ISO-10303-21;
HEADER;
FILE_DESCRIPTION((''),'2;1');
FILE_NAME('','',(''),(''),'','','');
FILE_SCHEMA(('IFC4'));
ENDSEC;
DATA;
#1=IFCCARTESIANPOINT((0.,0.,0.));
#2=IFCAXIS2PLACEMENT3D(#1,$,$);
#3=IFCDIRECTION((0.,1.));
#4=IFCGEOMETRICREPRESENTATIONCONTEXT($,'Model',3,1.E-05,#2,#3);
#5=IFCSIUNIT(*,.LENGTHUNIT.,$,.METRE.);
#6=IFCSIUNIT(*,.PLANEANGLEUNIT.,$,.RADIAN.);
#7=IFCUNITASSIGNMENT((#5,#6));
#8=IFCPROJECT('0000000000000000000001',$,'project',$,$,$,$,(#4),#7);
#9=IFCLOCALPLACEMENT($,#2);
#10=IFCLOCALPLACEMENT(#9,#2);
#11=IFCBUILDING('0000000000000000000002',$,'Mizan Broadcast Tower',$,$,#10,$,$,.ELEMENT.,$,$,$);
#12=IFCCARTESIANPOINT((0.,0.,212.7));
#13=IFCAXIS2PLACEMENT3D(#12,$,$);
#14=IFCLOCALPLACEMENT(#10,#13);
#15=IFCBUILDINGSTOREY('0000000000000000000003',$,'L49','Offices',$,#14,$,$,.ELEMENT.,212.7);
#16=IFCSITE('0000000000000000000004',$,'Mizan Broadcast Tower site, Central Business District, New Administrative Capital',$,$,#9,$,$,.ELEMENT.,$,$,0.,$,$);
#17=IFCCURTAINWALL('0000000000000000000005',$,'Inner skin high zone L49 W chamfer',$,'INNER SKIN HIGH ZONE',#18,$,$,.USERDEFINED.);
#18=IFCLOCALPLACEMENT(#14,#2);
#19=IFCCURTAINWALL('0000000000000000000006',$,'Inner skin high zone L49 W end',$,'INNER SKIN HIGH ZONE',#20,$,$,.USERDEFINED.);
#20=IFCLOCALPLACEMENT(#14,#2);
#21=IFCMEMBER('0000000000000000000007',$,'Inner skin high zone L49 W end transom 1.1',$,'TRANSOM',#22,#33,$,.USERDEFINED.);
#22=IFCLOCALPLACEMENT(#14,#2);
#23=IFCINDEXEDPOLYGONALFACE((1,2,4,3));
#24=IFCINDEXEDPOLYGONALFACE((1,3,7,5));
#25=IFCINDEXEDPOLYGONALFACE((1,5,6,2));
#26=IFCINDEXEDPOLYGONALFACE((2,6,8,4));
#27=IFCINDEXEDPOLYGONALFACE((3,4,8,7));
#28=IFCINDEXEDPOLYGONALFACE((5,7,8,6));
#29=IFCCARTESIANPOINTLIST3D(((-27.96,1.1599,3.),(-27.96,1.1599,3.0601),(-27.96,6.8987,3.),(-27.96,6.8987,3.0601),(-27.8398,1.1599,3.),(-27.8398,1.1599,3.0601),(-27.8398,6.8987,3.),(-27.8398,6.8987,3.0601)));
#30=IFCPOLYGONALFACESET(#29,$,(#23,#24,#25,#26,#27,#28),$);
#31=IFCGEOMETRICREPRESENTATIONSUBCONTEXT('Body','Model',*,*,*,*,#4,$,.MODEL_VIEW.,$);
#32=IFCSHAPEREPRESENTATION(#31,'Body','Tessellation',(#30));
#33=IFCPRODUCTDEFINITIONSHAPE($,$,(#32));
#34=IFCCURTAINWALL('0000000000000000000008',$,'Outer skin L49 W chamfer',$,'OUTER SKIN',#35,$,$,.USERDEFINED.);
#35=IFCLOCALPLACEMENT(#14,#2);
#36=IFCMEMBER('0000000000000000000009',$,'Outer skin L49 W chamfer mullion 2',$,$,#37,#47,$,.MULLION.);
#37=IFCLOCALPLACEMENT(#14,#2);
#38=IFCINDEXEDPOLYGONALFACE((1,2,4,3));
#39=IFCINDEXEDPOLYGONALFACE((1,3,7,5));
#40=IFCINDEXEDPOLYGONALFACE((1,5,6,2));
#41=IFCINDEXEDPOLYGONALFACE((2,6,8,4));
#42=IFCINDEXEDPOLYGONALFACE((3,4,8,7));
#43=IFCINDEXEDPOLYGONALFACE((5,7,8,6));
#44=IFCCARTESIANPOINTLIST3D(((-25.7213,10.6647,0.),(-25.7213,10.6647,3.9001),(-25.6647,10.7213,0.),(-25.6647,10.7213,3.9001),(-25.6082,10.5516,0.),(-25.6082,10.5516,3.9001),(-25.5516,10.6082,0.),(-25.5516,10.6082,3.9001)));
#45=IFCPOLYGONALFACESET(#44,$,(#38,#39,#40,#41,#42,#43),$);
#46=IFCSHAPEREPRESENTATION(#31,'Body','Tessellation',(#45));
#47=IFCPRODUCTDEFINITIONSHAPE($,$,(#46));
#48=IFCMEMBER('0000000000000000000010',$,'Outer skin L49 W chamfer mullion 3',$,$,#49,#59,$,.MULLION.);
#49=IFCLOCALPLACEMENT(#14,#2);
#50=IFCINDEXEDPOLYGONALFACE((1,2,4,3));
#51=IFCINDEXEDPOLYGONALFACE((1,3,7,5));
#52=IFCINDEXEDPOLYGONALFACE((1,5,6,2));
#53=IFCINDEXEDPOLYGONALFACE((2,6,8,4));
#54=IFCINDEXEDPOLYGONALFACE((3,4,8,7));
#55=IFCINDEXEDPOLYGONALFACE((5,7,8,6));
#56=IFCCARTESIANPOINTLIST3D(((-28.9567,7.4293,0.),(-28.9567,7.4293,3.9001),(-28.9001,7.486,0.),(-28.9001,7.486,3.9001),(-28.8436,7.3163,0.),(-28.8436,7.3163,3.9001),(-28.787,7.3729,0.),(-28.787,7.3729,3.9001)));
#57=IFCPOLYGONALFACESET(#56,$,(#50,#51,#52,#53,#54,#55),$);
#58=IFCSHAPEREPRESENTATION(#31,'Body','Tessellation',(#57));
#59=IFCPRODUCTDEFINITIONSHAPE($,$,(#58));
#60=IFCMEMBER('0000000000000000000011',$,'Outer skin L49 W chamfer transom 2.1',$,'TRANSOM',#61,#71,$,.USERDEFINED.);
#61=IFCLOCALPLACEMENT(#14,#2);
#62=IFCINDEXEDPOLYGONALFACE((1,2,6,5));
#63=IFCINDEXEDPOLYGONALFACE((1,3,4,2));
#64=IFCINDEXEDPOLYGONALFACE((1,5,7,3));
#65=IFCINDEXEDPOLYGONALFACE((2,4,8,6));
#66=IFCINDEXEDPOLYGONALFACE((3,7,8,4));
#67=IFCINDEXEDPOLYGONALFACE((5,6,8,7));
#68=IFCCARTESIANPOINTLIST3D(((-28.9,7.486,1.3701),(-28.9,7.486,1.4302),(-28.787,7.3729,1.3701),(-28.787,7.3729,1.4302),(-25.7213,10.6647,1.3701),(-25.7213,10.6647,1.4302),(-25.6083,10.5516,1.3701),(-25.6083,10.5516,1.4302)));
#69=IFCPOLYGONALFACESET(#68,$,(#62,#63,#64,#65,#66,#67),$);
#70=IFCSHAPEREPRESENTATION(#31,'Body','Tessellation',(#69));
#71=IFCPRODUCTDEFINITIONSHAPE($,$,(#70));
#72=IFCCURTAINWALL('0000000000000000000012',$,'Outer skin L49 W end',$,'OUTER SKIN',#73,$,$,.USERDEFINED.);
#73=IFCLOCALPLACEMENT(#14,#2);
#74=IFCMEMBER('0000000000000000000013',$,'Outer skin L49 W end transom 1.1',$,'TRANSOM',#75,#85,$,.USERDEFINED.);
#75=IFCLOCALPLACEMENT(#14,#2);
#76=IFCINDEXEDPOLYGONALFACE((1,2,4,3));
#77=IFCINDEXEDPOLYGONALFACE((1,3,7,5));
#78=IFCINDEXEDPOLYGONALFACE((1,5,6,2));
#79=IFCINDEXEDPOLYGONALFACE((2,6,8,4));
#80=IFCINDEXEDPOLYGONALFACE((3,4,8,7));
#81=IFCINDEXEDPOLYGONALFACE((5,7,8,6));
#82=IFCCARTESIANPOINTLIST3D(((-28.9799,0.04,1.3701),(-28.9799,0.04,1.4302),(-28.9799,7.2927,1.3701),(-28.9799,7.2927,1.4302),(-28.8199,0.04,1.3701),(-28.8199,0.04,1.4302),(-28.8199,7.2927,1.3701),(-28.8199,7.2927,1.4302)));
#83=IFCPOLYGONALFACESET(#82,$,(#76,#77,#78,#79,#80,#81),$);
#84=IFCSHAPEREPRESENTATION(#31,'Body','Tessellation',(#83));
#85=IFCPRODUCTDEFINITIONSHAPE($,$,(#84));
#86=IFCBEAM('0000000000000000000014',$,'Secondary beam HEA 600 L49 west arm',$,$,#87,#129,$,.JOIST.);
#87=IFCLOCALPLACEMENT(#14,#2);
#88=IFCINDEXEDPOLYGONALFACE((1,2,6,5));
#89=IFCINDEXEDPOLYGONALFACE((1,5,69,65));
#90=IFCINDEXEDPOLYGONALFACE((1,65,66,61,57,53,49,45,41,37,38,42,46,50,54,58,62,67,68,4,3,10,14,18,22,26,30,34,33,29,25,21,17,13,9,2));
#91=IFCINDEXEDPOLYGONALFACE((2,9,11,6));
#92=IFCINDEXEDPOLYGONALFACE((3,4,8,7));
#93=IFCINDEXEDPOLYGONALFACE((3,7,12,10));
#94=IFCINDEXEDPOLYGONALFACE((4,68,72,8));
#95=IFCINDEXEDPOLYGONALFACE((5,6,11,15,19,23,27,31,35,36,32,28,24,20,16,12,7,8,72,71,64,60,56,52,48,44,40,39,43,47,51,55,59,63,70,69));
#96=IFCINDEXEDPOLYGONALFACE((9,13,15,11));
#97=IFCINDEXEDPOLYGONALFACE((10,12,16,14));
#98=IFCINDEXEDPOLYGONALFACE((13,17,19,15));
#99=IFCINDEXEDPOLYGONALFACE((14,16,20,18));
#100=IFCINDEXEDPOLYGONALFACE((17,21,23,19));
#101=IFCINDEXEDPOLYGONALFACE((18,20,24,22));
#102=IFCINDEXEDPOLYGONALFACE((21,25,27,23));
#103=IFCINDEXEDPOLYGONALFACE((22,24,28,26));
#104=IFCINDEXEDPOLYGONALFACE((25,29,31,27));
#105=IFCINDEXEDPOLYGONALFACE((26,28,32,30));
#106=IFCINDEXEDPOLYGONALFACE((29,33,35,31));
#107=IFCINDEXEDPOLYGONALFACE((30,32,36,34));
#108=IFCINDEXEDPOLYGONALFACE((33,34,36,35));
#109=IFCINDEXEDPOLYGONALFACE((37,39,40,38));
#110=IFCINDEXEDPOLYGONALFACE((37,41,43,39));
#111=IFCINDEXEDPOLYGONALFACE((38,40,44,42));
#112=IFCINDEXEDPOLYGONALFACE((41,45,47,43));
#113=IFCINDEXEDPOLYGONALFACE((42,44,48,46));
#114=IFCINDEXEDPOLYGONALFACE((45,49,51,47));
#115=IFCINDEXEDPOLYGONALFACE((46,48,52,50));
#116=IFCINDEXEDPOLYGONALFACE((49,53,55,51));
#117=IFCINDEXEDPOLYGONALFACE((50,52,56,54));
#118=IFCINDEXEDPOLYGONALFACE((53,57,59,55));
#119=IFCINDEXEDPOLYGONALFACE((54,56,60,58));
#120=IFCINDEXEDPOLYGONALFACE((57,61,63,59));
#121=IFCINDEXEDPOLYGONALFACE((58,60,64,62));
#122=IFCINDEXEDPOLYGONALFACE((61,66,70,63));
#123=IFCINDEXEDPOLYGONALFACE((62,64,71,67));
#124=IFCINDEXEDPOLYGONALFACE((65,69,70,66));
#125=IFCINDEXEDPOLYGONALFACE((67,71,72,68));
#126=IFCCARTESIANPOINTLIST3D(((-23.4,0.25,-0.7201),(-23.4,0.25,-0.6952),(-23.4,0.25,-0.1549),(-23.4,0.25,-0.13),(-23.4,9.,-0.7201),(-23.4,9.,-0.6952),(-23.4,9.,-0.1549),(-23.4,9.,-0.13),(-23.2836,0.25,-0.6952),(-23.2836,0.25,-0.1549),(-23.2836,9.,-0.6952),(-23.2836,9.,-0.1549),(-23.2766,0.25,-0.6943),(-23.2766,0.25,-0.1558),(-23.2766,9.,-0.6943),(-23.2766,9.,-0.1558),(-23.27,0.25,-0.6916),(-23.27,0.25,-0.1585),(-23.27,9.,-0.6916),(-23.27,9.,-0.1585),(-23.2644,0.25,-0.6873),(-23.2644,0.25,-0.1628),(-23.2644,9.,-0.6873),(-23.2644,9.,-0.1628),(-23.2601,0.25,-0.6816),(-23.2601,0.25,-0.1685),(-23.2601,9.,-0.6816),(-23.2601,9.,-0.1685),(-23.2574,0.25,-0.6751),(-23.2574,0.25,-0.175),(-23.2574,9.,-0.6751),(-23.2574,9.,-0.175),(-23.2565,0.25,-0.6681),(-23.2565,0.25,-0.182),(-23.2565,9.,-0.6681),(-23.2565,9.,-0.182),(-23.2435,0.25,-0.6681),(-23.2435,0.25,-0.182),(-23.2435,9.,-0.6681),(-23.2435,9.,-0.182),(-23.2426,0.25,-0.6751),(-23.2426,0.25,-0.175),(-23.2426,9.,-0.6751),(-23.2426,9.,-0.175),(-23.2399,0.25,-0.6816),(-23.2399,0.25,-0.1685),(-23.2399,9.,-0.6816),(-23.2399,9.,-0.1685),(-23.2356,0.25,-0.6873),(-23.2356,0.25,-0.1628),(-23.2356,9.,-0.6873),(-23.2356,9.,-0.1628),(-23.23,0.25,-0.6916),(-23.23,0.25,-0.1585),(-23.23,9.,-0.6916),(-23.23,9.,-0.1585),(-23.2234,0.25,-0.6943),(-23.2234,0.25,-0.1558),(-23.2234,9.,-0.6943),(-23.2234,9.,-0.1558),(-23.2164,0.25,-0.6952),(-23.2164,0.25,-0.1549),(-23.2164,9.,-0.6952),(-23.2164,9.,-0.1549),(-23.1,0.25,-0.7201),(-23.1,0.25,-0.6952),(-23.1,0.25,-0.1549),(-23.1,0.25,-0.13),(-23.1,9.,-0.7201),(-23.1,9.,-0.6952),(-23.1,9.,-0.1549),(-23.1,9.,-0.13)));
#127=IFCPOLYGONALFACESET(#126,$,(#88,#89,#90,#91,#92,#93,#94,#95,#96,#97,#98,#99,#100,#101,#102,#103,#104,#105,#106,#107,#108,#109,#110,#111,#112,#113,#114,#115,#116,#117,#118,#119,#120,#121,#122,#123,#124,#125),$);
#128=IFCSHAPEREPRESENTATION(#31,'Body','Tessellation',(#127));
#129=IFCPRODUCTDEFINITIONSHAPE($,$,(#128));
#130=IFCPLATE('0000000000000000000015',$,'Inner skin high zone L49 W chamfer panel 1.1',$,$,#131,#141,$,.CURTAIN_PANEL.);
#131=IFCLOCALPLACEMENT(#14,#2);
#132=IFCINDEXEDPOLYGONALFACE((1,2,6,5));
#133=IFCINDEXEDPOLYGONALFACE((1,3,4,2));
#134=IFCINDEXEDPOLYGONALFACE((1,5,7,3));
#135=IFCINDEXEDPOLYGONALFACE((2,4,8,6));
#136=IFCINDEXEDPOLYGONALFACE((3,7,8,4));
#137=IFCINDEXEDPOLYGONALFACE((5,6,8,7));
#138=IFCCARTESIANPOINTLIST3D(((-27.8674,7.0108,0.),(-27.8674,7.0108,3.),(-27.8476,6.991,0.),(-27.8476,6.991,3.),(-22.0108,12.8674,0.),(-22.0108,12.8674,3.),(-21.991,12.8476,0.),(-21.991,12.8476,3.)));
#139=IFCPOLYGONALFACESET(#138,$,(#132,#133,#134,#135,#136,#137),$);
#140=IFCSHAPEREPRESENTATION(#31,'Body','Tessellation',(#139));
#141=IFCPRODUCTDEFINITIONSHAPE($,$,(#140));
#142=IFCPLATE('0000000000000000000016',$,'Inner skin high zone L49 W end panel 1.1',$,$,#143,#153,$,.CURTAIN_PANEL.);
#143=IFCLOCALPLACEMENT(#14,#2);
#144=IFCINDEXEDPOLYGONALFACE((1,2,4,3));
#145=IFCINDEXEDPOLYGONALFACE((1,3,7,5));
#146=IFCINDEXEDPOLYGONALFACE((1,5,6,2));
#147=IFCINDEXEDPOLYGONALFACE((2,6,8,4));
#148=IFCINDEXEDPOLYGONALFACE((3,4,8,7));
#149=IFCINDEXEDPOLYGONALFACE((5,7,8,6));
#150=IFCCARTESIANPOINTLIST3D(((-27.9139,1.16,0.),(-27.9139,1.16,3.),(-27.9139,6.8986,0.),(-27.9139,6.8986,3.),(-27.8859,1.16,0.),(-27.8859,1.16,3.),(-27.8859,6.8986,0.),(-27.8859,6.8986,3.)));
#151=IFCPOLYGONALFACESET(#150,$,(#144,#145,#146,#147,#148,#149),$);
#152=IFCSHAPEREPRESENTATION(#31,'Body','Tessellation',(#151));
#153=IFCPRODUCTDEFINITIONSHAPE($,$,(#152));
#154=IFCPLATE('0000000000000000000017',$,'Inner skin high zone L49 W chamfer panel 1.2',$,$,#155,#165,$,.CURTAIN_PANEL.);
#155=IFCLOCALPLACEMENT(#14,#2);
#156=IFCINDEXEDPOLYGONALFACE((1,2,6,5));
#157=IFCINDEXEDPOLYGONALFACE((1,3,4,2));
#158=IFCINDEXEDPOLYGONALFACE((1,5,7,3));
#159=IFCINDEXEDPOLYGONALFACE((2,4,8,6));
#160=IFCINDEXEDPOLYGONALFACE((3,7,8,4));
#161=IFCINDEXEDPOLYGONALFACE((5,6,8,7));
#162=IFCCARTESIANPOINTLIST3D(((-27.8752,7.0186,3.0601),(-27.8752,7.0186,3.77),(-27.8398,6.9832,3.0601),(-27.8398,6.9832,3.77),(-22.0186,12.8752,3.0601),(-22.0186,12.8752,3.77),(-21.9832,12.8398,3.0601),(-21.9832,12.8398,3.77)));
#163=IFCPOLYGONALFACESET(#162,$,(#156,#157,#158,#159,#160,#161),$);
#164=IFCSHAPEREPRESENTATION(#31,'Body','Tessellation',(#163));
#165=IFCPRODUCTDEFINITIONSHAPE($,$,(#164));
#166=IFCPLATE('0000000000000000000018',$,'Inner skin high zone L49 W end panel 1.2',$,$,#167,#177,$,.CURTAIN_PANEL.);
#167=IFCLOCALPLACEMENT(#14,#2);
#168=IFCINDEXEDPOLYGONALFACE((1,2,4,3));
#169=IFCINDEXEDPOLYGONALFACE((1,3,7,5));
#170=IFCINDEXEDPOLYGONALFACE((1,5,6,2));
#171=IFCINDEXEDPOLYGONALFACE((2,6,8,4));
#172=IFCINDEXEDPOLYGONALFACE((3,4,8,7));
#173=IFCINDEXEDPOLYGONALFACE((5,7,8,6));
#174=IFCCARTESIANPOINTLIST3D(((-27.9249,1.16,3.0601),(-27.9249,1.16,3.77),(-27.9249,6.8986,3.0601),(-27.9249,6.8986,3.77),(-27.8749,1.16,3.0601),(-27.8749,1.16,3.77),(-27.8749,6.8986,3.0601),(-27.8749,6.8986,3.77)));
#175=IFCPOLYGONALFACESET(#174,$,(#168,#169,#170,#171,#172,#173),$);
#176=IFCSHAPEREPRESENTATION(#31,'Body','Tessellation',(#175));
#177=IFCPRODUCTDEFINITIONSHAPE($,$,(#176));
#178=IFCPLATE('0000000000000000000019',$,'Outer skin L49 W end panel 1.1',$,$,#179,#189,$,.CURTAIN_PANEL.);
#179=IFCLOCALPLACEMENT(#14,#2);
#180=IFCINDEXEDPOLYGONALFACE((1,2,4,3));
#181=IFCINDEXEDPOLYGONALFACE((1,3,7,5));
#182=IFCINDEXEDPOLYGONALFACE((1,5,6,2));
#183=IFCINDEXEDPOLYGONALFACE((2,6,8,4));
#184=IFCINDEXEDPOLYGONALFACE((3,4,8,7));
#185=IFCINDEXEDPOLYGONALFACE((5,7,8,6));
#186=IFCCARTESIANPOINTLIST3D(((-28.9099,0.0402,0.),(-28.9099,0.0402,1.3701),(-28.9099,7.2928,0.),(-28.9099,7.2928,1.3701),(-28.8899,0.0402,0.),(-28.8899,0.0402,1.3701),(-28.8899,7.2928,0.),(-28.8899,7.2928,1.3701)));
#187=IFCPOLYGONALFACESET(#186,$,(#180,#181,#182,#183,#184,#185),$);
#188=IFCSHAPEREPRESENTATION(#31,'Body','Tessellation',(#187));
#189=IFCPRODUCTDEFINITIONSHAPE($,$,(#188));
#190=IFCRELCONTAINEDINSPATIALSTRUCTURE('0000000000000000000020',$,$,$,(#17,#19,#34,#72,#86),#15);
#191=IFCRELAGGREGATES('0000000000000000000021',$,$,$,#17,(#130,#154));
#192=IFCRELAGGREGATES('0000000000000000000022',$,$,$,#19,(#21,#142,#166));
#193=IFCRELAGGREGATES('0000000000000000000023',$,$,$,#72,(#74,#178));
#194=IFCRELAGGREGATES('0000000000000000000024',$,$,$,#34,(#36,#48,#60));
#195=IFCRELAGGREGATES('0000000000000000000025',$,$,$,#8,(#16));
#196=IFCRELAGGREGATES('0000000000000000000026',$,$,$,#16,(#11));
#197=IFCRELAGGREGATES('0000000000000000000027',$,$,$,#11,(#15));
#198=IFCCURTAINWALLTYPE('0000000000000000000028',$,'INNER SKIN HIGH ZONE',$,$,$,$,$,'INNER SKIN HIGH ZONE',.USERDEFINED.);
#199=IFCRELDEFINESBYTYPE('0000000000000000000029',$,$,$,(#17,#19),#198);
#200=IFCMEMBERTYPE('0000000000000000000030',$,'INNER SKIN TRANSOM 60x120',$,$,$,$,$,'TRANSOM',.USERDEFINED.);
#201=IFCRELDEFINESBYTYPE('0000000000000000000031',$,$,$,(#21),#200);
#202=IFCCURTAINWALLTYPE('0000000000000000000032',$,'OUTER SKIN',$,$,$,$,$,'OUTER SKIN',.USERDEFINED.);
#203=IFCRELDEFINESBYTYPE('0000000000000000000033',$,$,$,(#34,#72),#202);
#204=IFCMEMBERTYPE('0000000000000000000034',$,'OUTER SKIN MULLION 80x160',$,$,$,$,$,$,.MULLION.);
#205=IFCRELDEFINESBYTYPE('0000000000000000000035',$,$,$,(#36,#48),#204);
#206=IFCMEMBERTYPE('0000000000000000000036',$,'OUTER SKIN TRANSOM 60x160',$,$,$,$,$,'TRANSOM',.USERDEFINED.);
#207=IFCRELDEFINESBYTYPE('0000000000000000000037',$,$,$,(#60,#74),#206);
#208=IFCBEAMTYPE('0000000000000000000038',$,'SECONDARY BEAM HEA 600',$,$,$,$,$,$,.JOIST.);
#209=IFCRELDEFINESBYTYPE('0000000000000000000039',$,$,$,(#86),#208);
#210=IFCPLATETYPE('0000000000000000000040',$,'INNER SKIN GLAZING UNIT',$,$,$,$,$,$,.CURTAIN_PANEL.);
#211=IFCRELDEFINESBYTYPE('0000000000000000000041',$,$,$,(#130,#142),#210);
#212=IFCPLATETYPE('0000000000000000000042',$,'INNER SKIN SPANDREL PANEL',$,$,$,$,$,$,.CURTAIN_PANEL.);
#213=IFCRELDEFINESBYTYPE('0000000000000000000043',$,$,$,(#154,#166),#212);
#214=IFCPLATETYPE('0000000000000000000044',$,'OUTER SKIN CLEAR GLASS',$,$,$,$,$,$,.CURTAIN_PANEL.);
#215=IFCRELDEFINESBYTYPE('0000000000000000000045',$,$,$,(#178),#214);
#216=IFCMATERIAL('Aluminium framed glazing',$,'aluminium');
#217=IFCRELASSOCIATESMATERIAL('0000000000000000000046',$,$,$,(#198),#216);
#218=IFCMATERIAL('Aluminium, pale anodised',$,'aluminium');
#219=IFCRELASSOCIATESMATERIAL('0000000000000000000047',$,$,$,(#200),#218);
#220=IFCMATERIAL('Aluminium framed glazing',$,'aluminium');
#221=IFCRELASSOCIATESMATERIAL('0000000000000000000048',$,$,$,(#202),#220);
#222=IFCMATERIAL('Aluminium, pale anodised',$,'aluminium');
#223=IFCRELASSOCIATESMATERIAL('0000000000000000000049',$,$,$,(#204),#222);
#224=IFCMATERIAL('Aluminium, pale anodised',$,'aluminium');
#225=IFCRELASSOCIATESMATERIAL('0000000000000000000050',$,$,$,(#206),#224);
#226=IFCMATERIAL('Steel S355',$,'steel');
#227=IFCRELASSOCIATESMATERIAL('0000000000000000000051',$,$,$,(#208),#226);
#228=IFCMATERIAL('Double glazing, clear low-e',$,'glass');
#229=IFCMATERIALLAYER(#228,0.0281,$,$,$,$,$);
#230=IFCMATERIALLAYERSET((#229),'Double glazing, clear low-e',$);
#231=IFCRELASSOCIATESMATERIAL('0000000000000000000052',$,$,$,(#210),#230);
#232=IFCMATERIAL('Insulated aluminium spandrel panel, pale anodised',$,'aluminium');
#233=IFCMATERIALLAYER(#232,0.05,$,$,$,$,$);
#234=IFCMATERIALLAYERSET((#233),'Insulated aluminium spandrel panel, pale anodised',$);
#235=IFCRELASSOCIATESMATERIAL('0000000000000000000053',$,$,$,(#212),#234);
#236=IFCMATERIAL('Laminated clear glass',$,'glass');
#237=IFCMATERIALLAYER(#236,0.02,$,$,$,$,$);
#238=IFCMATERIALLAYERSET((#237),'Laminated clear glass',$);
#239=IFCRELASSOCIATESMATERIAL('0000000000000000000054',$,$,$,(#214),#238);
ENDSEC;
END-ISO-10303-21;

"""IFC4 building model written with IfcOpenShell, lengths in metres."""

from ifc_helpers import new_model, si_unit, direction, frame, origin, origin_2d, place, context, subcontext, project, spatial, rectangle, i_section, extrude, material, layer, layer_set, material_profile, profile_set, type_object, element, aggregate, save


model = new_model("IFC4")

# Units and contexts
model_context = context("Model", 3, precision=1e-05, world=origin(), true_north=direction((0.0, 1.0)))
body_context = subcontext(model_context, "Body", "Model", "MODEL_VIEW")
ifc_project = project(units=[si_unit("LENGTHUNIT", "METRE"), si_unit("PLANEANGLEUNIT", "RADIAN")], contexts=[model_context])

# Site, building, storey
site_placement = place(None, origin())
site = spatial("IfcSite", under=ifc_project, at=site_placement, Name="Mizan Broadcast Tower site, Central Business District, New Administrative Capital", CompositionType="ELEMENT", RefElevation=0.0)
building_placement = place(site_placement, origin())
building = spatial("IfcBuilding", under=site, at=building_placement, Name="Mizan Broadcast Tower", CompositionType="ELEMENT")
storey_placement = place(building_placement, frame((0.0, 0.0, 212.7)))
storey = spatial("IfcBuildingStorey", under=building, at=storey_placement, Name="L49", Description="Offices", CompositionType="ELEMENT", Elevation=212.7)

# Curtain wall
ifc_material_1 = material(Name="Aluminium framed glazing", Category="aluminium")
curtain_wall_type_1 = type_object("IfcCurtainWallType", Name="INNER SKIN HIGH ZONE", ElementType="INNER SKIN HIGH ZONE", PredefinedType="USERDEFINED", material=ifc_material_1)
curtain_wall_1_placement = place(storey_placement, origin())
curtain_wall_1 = element("IfcCurtainWall", 1, at=curtain_wall_1_placement, inside=storey, type_object=curtain_wall_type_1, Name="Inner skin high zone L49 W chamfer", ObjectType="INNER SKIN HIGH ZONE", PredefinedType="USERDEFINED")

# Curtain walls, members
curtain_wall_2_placement = place(storey_placement, origin())
curtain_wall_2 = element("IfcCurtainWall", 2, at=curtain_wall_2_placement, inside=storey, type_object=curtain_wall_type_1, Name="Inner skin high zone L49 W end", ObjectType="INNER SKIN HIGH ZONE", PredefinedType="USERDEFINED")
ifc_material_2 = material(Name="Aluminium, pale anodised", Category="aluminium")
ifc_material_profile_1 = material_profile(ifc_material_2, rectangle(XDim=0.1201, YDim=0.0601, at=origin_2d()), Name="TRANSOM 120x60")
ifc_profile_set_1 = profile_set([ifc_material_profile_1], Name="Aluminium, pale anodised")
member_type_1 = type_object("IfcMemberType", Name="INNER SKIN TRANSOM 60x120", ElementType="TRANSOM", PredefinedType="USERDEFINED", material=ifc_profile_set_1)
member_1_placement = place(storey_placement, frame((-27.8999, 6.8987, 3.03), z_axis=(0.0, -1.0, 0.0), x_axis=(1.0, 0.0, 0.0)))
member_1 = element("IfcMember", 3, at=member_1_placement, type_object=member_type_1, Name="Inner skin high zone L49 W end transom 1.1", ObjectType="TRANSOM", PredefinedType="USERDEFINED", context=body_context, shape_type="SweptSolid", body=[
    extrude(rectangle(XDim=0.1201, YDim=0.0601, at=origin_2d()), origin(), (0.0, 0.0, 1.0), 5.7388),
])
ifc_material_3 = material(Name="Aluminium framed glazing", Category="aluminium")
curtain_wall_type_2 = type_object("IfcCurtainWallType", Name="OUTER SKIN", ElementType="OUTER SKIN", PredefinedType="USERDEFINED", material=ifc_material_3)
curtain_wall_3_placement = place(storey_placement, origin())
curtain_wall_3 = element("IfcCurtainWall", 4, at=curtain_wall_3_placement, inside=storey, type_object=curtain_wall_type_2, Name="Outer skin L49 W chamfer", ObjectType="OUTER SKIN", PredefinedType="USERDEFINED")
ifc_material_4 = material(Name="Aluminium, pale anodised", Category="aluminium")
ifc_material_profile_2 = material_profile(ifc_material_4, rectangle(XDim=0.1599, YDim=0.0801, at=origin_2d()), Name="MULLION 160x80")
ifc_profile_set_2 = profile_set([ifc_material_profile_2], Name="Aluminium, pale anodised")
member_type_2 = type_object("IfcMemberType", Name="OUTER SKIN MULLION 80x160", PredefinedType="MULLION", material=ifc_profile_set_2)
member_2_placement = place(storey_placement, frame((-25.6365, 10.6365, 0.0), z_axis=(0.0, 0.0, 1.0), x_axis=(0.707107, -0.707107, 0.0)))
member_2 = element("IfcMember", 5, at=member_2_placement, type_object=member_type_2, Name="Outer skin L49 W chamfer mullion 2", PredefinedType="MULLION", context=body_context, shape_type="SweptSolid", body=[
    extrude(rectangle(XDim=0.1599, YDim=0.0801, at=origin_2d()), origin(), (0.0, 0.0, 1.0), 3.9001),
])
member_3_placement = place(storey_placement, frame((-28.8718, 7.4011, 0.0), z_axis=(0.0, 0.0, 1.0), x_axis=(0.707107, -0.707107, 0.0)))
member_3 = element("IfcMember", 6, at=member_3_placement, type_object=member_type_2, Name="Outer skin L49 W chamfer mullion 3", PredefinedType="MULLION", context=body_context, shape_type="SweptSolid", body=[
    extrude(rectangle(XDim=0.1599, YDim=0.0801, at=origin_2d()), origin(), (0.0, 0.0, 1.0), 3.9001),
])
ifc_material_5 = material(Name="Aluminium, pale anodised", Category="aluminium")
ifc_material_profile_3 = material_profile(ifc_material_5, rectangle(XDim=0.1599, YDim=0.0601, at=origin_2d()), Name="TRANSOM 160x60")
ifc_profile_set_3 = profile_set([ifc_material_profile_3], Name="Aluminium, pale anodised")
member_type_3 = type_object("IfcMemberType", Name="OUTER SKIN TRANSOM 60x160", ElementType="TRANSOM", PredefinedType="USERDEFINED", material=ifc_profile_set_3)
member_4_placement = place(storey_placement, frame((-25.6648, 10.6082, 1.4001), z_axis=(-0.707107, -0.707107, 0.0), x_axis=(0.707107, -0.707107, 0.0)))
member_4 = element("IfcMember", 7, at=member_4_placement, type_object=member_type_3, Name="Outer skin L49 W chamfer transom 2.1", ObjectType="TRANSOM", PredefinedType="USERDEFINED", context=body_context, shape_type="SweptSolid", body=[
    extrude(rectangle(XDim=0.1599, YDim=0.0601, at=origin_2d()), origin(), (0.0, 0.0, 1.0), 4.4954),
])

# Curtain wall, member
curtain_wall_4_placement = place(storey_placement, origin())
curtain_wall_4 = element("IfcCurtainWall", 8, at=curtain_wall_4_placement, inside=storey, type_object=curtain_wall_type_2, Name="Outer skin L49 W end", ObjectType="OUTER SKIN", PredefinedType="USERDEFINED")
member_5_placement = place(storey_placement, frame((-28.8999, 7.2927, 1.4001), z_axis=(0.0, -1.0, 0.0), x_axis=(1.0, 0.0, 0.0)))
member_5 = element("IfcMember", 9, at=member_5_placement, type_object=member_type_3, Name="Outer skin L49 W end transom 1.1", ObjectType="TRANSOM", PredefinedType="USERDEFINED", context=body_context, shape_type="SweptSolid", body=[
    extrude(rectangle(XDim=0.1599, YDim=0.0601, at=origin_2d()), origin(), (0.0, 0.0, 1.0), 7.2527),
])

# Beam
ifc_material_6 = material(Name="Steel S355", Category="steel")
ifc_material_profile_4 = material_profile(ifc_material_6, i_section(OverallWidth=0.3, OverallDepth=0.5901, WebThickness=0.0129, FlangeThickness=0.0249, FilletRadius=0.0271, at=origin_2d()), Name="HEA 600")
ifc_profile_set_4 = profile_set([ifc_material_profile_4], Name="Steel S355")
beam_type_1 = type_object("IfcBeamType", Name="SECONDARY BEAM HEA 600", PredefinedType="JOIST", material=ifc_profile_set_4)
beam_1_placement = place(storey_placement, frame((-23.25, 9.0, -0.425), z_axis=(0.0, -1.0, 0.0), x_axis=(1.0, 0.0, 0.0)))
element("IfcBeam", 10, at=beam_1_placement, inside=storey, type_object=beam_type_1, Name="Secondary beam HEA 600 L49 west arm", PredefinedType="JOIST", context=body_context, shape_type="SweptSolid", body=[
    extrude(i_section(OverallWidth=0.3, OverallDepth=0.5901, WebThickness=0.0129, FlangeThickness=0.0249, FilletRadius=0.0271, at=origin_2d()), origin(), (0.0, 0.0, 1.0), 8.75),
])

# Plates
ifc_material_7 = material(Name="Double glazing, clear low-e", Category="glass")
ifc_layer_1 = layer(ifc_material_7, 0.0281)
ifc_layer_set_1 = layer_set([ifc_layer_1], Name="Double glazing, clear low-e")
plate_type_1 = type_object("IfcPlateType", Name="INNER SKIN GLAZING UNIT", PredefinedType="CURTAIN_PANEL", material=ifc_layer_set_1)
plate_1_placement = place(storey_placement, frame((-24.9292, 9.9292, 0.0), z_axis=(0.0, 0.0, 1.0), x_axis=(-0.707107, -0.707107, 0.0)))
plate_1 = element("IfcPlate", 11, at=plate_1_placement, type_object=plate_type_1, Name="Inner skin high zone L49 W chamfer panel 1.1", PredefinedType="CURTAIN_PANEL", context=body_context, shape_type="SweptSolid", body=[
    extrude(rectangle(XDim=8.2825, YDim=0.0281, at=origin_2d()), origin(), (0.0, 0.0, 1.0), 3.0),
])
plate_2_placement = place(storey_placement, frame((-27.8999, 4.0293, 0.0), z_axis=(0.0, 0.0, 1.0), x_axis=(0.0, -1.0, 0.0)))
plate_2 = element("IfcPlate", 12, at=plate_2_placement, type_object=plate_type_1, Name="Inner skin high zone L49 W end panel 1.1", PredefinedType="CURTAIN_PANEL", context=body_context, shape_type="SweptSolid", body=[
    extrude(rectangle(XDim=5.7385, YDim=0.0281, at=origin_2d()), origin(), (0.0, 0.0, 1.0), 3.0),
])
ifc_material_8 = material(Name="Insulated aluminium spandrel panel, pale anodised", Category="aluminium")
ifc_layer_2 = layer(ifc_material_8, 0.05)
ifc_layer_set_2 = layer_set([ifc_layer_2], Name="Insulated aluminium spandrel panel, pale anodised")
plate_type_2 = type_object("IfcPlateType", Name="INNER SKIN SPANDREL PANEL", PredefinedType="CURTAIN_PANEL", material=ifc_layer_set_2)
plate_3_placement = place(storey_placement, frame((-24.9292, 9.9292, 3.0601), z_axis=(0.0, 0.0, 1.0), x_axis=(-0.707107, -0.707107, 0.0)))
plate_3 = element("IfcPlate", 13, at=plate_3_placement, type_object=plate_type_2, Name="Inner skin high zone L49 W chamfer panel 1.2", PredefinedType="CURTAIN_PANEL", context=body_context, shape_type="SweptSolid", body=[
    extrude(rectangle(XDim=8.2825, YDim=0.05, at=origin_2d()), origin(), (0.0, 0.0, 1.0), 0.71),
])
aggregate(curtain_wall_1, [plate_1, plate_3])
plate_4_placement = place(storey_placement, frame((-27.8999, 4.0293, 3.0601), z_axis=(0.0, 0.0, 1.0), x_axis=(0.0, -1.0, 0.0)))
plate_4 = element("IfcPlate", 14, at=plate_4_placement, type_object=plate_type_2, Name="Inner skin high zone L49 W end panel 1.2", PredefinedType="CURTAIN_PANEL", context=body_context, shape_type="SweptSolid", body=[
    extrude(rectangle(XDim=5.7385, YDim=0.05, at=origin_2d()), origin(), (0.0, 0.0, 1.0), 0.71),
])
aggregate(curtain_wall_2, [member_1, plate_2, plate_4])
ifc_material_9 = material(Name="Laminated clear glass", Category="glass")
ifc_layer_3 = layer(ifc_material_9, 0.02)
ifc_layer_set_3 = layer_set([ifc_layer_3], Name="Laminated clear glass")
plate_type_3 = type_object("IfcPlateType", Name="OUTER SKIN CLEAR GLASS", PredefinedType="CURTAIN_PANEL", material=ifc_layer_set_3)
plate_5_placement = place(storey_placement, frame((-28.8999, 3.6665, 0.0), z_axis=(0.0, 0.0, 1.0), x_axis=(0.0, -1.0, 0.0)))
plate_5 = element("IfcPlate", 15, at=plate_5_placement, type_object=plate_type_3, Name="Outer skin L49 W end panel 1.1", PredefinedType="CURTAIN_PANEL", context=body_context, shape_type="SweptSolid", body=[
    extrude(rectangle(XDim=7.2527, YDim=0.02, at=origin_2d()), origin(), (0.0, 0.0, 1.0), 1.3701),
])
aggregate(curtain_wall_4, [member_5, plate_5])
aggregate(curtain_wall_3, [member_2, member_3, member_4])

save(model, "model.ifc")
